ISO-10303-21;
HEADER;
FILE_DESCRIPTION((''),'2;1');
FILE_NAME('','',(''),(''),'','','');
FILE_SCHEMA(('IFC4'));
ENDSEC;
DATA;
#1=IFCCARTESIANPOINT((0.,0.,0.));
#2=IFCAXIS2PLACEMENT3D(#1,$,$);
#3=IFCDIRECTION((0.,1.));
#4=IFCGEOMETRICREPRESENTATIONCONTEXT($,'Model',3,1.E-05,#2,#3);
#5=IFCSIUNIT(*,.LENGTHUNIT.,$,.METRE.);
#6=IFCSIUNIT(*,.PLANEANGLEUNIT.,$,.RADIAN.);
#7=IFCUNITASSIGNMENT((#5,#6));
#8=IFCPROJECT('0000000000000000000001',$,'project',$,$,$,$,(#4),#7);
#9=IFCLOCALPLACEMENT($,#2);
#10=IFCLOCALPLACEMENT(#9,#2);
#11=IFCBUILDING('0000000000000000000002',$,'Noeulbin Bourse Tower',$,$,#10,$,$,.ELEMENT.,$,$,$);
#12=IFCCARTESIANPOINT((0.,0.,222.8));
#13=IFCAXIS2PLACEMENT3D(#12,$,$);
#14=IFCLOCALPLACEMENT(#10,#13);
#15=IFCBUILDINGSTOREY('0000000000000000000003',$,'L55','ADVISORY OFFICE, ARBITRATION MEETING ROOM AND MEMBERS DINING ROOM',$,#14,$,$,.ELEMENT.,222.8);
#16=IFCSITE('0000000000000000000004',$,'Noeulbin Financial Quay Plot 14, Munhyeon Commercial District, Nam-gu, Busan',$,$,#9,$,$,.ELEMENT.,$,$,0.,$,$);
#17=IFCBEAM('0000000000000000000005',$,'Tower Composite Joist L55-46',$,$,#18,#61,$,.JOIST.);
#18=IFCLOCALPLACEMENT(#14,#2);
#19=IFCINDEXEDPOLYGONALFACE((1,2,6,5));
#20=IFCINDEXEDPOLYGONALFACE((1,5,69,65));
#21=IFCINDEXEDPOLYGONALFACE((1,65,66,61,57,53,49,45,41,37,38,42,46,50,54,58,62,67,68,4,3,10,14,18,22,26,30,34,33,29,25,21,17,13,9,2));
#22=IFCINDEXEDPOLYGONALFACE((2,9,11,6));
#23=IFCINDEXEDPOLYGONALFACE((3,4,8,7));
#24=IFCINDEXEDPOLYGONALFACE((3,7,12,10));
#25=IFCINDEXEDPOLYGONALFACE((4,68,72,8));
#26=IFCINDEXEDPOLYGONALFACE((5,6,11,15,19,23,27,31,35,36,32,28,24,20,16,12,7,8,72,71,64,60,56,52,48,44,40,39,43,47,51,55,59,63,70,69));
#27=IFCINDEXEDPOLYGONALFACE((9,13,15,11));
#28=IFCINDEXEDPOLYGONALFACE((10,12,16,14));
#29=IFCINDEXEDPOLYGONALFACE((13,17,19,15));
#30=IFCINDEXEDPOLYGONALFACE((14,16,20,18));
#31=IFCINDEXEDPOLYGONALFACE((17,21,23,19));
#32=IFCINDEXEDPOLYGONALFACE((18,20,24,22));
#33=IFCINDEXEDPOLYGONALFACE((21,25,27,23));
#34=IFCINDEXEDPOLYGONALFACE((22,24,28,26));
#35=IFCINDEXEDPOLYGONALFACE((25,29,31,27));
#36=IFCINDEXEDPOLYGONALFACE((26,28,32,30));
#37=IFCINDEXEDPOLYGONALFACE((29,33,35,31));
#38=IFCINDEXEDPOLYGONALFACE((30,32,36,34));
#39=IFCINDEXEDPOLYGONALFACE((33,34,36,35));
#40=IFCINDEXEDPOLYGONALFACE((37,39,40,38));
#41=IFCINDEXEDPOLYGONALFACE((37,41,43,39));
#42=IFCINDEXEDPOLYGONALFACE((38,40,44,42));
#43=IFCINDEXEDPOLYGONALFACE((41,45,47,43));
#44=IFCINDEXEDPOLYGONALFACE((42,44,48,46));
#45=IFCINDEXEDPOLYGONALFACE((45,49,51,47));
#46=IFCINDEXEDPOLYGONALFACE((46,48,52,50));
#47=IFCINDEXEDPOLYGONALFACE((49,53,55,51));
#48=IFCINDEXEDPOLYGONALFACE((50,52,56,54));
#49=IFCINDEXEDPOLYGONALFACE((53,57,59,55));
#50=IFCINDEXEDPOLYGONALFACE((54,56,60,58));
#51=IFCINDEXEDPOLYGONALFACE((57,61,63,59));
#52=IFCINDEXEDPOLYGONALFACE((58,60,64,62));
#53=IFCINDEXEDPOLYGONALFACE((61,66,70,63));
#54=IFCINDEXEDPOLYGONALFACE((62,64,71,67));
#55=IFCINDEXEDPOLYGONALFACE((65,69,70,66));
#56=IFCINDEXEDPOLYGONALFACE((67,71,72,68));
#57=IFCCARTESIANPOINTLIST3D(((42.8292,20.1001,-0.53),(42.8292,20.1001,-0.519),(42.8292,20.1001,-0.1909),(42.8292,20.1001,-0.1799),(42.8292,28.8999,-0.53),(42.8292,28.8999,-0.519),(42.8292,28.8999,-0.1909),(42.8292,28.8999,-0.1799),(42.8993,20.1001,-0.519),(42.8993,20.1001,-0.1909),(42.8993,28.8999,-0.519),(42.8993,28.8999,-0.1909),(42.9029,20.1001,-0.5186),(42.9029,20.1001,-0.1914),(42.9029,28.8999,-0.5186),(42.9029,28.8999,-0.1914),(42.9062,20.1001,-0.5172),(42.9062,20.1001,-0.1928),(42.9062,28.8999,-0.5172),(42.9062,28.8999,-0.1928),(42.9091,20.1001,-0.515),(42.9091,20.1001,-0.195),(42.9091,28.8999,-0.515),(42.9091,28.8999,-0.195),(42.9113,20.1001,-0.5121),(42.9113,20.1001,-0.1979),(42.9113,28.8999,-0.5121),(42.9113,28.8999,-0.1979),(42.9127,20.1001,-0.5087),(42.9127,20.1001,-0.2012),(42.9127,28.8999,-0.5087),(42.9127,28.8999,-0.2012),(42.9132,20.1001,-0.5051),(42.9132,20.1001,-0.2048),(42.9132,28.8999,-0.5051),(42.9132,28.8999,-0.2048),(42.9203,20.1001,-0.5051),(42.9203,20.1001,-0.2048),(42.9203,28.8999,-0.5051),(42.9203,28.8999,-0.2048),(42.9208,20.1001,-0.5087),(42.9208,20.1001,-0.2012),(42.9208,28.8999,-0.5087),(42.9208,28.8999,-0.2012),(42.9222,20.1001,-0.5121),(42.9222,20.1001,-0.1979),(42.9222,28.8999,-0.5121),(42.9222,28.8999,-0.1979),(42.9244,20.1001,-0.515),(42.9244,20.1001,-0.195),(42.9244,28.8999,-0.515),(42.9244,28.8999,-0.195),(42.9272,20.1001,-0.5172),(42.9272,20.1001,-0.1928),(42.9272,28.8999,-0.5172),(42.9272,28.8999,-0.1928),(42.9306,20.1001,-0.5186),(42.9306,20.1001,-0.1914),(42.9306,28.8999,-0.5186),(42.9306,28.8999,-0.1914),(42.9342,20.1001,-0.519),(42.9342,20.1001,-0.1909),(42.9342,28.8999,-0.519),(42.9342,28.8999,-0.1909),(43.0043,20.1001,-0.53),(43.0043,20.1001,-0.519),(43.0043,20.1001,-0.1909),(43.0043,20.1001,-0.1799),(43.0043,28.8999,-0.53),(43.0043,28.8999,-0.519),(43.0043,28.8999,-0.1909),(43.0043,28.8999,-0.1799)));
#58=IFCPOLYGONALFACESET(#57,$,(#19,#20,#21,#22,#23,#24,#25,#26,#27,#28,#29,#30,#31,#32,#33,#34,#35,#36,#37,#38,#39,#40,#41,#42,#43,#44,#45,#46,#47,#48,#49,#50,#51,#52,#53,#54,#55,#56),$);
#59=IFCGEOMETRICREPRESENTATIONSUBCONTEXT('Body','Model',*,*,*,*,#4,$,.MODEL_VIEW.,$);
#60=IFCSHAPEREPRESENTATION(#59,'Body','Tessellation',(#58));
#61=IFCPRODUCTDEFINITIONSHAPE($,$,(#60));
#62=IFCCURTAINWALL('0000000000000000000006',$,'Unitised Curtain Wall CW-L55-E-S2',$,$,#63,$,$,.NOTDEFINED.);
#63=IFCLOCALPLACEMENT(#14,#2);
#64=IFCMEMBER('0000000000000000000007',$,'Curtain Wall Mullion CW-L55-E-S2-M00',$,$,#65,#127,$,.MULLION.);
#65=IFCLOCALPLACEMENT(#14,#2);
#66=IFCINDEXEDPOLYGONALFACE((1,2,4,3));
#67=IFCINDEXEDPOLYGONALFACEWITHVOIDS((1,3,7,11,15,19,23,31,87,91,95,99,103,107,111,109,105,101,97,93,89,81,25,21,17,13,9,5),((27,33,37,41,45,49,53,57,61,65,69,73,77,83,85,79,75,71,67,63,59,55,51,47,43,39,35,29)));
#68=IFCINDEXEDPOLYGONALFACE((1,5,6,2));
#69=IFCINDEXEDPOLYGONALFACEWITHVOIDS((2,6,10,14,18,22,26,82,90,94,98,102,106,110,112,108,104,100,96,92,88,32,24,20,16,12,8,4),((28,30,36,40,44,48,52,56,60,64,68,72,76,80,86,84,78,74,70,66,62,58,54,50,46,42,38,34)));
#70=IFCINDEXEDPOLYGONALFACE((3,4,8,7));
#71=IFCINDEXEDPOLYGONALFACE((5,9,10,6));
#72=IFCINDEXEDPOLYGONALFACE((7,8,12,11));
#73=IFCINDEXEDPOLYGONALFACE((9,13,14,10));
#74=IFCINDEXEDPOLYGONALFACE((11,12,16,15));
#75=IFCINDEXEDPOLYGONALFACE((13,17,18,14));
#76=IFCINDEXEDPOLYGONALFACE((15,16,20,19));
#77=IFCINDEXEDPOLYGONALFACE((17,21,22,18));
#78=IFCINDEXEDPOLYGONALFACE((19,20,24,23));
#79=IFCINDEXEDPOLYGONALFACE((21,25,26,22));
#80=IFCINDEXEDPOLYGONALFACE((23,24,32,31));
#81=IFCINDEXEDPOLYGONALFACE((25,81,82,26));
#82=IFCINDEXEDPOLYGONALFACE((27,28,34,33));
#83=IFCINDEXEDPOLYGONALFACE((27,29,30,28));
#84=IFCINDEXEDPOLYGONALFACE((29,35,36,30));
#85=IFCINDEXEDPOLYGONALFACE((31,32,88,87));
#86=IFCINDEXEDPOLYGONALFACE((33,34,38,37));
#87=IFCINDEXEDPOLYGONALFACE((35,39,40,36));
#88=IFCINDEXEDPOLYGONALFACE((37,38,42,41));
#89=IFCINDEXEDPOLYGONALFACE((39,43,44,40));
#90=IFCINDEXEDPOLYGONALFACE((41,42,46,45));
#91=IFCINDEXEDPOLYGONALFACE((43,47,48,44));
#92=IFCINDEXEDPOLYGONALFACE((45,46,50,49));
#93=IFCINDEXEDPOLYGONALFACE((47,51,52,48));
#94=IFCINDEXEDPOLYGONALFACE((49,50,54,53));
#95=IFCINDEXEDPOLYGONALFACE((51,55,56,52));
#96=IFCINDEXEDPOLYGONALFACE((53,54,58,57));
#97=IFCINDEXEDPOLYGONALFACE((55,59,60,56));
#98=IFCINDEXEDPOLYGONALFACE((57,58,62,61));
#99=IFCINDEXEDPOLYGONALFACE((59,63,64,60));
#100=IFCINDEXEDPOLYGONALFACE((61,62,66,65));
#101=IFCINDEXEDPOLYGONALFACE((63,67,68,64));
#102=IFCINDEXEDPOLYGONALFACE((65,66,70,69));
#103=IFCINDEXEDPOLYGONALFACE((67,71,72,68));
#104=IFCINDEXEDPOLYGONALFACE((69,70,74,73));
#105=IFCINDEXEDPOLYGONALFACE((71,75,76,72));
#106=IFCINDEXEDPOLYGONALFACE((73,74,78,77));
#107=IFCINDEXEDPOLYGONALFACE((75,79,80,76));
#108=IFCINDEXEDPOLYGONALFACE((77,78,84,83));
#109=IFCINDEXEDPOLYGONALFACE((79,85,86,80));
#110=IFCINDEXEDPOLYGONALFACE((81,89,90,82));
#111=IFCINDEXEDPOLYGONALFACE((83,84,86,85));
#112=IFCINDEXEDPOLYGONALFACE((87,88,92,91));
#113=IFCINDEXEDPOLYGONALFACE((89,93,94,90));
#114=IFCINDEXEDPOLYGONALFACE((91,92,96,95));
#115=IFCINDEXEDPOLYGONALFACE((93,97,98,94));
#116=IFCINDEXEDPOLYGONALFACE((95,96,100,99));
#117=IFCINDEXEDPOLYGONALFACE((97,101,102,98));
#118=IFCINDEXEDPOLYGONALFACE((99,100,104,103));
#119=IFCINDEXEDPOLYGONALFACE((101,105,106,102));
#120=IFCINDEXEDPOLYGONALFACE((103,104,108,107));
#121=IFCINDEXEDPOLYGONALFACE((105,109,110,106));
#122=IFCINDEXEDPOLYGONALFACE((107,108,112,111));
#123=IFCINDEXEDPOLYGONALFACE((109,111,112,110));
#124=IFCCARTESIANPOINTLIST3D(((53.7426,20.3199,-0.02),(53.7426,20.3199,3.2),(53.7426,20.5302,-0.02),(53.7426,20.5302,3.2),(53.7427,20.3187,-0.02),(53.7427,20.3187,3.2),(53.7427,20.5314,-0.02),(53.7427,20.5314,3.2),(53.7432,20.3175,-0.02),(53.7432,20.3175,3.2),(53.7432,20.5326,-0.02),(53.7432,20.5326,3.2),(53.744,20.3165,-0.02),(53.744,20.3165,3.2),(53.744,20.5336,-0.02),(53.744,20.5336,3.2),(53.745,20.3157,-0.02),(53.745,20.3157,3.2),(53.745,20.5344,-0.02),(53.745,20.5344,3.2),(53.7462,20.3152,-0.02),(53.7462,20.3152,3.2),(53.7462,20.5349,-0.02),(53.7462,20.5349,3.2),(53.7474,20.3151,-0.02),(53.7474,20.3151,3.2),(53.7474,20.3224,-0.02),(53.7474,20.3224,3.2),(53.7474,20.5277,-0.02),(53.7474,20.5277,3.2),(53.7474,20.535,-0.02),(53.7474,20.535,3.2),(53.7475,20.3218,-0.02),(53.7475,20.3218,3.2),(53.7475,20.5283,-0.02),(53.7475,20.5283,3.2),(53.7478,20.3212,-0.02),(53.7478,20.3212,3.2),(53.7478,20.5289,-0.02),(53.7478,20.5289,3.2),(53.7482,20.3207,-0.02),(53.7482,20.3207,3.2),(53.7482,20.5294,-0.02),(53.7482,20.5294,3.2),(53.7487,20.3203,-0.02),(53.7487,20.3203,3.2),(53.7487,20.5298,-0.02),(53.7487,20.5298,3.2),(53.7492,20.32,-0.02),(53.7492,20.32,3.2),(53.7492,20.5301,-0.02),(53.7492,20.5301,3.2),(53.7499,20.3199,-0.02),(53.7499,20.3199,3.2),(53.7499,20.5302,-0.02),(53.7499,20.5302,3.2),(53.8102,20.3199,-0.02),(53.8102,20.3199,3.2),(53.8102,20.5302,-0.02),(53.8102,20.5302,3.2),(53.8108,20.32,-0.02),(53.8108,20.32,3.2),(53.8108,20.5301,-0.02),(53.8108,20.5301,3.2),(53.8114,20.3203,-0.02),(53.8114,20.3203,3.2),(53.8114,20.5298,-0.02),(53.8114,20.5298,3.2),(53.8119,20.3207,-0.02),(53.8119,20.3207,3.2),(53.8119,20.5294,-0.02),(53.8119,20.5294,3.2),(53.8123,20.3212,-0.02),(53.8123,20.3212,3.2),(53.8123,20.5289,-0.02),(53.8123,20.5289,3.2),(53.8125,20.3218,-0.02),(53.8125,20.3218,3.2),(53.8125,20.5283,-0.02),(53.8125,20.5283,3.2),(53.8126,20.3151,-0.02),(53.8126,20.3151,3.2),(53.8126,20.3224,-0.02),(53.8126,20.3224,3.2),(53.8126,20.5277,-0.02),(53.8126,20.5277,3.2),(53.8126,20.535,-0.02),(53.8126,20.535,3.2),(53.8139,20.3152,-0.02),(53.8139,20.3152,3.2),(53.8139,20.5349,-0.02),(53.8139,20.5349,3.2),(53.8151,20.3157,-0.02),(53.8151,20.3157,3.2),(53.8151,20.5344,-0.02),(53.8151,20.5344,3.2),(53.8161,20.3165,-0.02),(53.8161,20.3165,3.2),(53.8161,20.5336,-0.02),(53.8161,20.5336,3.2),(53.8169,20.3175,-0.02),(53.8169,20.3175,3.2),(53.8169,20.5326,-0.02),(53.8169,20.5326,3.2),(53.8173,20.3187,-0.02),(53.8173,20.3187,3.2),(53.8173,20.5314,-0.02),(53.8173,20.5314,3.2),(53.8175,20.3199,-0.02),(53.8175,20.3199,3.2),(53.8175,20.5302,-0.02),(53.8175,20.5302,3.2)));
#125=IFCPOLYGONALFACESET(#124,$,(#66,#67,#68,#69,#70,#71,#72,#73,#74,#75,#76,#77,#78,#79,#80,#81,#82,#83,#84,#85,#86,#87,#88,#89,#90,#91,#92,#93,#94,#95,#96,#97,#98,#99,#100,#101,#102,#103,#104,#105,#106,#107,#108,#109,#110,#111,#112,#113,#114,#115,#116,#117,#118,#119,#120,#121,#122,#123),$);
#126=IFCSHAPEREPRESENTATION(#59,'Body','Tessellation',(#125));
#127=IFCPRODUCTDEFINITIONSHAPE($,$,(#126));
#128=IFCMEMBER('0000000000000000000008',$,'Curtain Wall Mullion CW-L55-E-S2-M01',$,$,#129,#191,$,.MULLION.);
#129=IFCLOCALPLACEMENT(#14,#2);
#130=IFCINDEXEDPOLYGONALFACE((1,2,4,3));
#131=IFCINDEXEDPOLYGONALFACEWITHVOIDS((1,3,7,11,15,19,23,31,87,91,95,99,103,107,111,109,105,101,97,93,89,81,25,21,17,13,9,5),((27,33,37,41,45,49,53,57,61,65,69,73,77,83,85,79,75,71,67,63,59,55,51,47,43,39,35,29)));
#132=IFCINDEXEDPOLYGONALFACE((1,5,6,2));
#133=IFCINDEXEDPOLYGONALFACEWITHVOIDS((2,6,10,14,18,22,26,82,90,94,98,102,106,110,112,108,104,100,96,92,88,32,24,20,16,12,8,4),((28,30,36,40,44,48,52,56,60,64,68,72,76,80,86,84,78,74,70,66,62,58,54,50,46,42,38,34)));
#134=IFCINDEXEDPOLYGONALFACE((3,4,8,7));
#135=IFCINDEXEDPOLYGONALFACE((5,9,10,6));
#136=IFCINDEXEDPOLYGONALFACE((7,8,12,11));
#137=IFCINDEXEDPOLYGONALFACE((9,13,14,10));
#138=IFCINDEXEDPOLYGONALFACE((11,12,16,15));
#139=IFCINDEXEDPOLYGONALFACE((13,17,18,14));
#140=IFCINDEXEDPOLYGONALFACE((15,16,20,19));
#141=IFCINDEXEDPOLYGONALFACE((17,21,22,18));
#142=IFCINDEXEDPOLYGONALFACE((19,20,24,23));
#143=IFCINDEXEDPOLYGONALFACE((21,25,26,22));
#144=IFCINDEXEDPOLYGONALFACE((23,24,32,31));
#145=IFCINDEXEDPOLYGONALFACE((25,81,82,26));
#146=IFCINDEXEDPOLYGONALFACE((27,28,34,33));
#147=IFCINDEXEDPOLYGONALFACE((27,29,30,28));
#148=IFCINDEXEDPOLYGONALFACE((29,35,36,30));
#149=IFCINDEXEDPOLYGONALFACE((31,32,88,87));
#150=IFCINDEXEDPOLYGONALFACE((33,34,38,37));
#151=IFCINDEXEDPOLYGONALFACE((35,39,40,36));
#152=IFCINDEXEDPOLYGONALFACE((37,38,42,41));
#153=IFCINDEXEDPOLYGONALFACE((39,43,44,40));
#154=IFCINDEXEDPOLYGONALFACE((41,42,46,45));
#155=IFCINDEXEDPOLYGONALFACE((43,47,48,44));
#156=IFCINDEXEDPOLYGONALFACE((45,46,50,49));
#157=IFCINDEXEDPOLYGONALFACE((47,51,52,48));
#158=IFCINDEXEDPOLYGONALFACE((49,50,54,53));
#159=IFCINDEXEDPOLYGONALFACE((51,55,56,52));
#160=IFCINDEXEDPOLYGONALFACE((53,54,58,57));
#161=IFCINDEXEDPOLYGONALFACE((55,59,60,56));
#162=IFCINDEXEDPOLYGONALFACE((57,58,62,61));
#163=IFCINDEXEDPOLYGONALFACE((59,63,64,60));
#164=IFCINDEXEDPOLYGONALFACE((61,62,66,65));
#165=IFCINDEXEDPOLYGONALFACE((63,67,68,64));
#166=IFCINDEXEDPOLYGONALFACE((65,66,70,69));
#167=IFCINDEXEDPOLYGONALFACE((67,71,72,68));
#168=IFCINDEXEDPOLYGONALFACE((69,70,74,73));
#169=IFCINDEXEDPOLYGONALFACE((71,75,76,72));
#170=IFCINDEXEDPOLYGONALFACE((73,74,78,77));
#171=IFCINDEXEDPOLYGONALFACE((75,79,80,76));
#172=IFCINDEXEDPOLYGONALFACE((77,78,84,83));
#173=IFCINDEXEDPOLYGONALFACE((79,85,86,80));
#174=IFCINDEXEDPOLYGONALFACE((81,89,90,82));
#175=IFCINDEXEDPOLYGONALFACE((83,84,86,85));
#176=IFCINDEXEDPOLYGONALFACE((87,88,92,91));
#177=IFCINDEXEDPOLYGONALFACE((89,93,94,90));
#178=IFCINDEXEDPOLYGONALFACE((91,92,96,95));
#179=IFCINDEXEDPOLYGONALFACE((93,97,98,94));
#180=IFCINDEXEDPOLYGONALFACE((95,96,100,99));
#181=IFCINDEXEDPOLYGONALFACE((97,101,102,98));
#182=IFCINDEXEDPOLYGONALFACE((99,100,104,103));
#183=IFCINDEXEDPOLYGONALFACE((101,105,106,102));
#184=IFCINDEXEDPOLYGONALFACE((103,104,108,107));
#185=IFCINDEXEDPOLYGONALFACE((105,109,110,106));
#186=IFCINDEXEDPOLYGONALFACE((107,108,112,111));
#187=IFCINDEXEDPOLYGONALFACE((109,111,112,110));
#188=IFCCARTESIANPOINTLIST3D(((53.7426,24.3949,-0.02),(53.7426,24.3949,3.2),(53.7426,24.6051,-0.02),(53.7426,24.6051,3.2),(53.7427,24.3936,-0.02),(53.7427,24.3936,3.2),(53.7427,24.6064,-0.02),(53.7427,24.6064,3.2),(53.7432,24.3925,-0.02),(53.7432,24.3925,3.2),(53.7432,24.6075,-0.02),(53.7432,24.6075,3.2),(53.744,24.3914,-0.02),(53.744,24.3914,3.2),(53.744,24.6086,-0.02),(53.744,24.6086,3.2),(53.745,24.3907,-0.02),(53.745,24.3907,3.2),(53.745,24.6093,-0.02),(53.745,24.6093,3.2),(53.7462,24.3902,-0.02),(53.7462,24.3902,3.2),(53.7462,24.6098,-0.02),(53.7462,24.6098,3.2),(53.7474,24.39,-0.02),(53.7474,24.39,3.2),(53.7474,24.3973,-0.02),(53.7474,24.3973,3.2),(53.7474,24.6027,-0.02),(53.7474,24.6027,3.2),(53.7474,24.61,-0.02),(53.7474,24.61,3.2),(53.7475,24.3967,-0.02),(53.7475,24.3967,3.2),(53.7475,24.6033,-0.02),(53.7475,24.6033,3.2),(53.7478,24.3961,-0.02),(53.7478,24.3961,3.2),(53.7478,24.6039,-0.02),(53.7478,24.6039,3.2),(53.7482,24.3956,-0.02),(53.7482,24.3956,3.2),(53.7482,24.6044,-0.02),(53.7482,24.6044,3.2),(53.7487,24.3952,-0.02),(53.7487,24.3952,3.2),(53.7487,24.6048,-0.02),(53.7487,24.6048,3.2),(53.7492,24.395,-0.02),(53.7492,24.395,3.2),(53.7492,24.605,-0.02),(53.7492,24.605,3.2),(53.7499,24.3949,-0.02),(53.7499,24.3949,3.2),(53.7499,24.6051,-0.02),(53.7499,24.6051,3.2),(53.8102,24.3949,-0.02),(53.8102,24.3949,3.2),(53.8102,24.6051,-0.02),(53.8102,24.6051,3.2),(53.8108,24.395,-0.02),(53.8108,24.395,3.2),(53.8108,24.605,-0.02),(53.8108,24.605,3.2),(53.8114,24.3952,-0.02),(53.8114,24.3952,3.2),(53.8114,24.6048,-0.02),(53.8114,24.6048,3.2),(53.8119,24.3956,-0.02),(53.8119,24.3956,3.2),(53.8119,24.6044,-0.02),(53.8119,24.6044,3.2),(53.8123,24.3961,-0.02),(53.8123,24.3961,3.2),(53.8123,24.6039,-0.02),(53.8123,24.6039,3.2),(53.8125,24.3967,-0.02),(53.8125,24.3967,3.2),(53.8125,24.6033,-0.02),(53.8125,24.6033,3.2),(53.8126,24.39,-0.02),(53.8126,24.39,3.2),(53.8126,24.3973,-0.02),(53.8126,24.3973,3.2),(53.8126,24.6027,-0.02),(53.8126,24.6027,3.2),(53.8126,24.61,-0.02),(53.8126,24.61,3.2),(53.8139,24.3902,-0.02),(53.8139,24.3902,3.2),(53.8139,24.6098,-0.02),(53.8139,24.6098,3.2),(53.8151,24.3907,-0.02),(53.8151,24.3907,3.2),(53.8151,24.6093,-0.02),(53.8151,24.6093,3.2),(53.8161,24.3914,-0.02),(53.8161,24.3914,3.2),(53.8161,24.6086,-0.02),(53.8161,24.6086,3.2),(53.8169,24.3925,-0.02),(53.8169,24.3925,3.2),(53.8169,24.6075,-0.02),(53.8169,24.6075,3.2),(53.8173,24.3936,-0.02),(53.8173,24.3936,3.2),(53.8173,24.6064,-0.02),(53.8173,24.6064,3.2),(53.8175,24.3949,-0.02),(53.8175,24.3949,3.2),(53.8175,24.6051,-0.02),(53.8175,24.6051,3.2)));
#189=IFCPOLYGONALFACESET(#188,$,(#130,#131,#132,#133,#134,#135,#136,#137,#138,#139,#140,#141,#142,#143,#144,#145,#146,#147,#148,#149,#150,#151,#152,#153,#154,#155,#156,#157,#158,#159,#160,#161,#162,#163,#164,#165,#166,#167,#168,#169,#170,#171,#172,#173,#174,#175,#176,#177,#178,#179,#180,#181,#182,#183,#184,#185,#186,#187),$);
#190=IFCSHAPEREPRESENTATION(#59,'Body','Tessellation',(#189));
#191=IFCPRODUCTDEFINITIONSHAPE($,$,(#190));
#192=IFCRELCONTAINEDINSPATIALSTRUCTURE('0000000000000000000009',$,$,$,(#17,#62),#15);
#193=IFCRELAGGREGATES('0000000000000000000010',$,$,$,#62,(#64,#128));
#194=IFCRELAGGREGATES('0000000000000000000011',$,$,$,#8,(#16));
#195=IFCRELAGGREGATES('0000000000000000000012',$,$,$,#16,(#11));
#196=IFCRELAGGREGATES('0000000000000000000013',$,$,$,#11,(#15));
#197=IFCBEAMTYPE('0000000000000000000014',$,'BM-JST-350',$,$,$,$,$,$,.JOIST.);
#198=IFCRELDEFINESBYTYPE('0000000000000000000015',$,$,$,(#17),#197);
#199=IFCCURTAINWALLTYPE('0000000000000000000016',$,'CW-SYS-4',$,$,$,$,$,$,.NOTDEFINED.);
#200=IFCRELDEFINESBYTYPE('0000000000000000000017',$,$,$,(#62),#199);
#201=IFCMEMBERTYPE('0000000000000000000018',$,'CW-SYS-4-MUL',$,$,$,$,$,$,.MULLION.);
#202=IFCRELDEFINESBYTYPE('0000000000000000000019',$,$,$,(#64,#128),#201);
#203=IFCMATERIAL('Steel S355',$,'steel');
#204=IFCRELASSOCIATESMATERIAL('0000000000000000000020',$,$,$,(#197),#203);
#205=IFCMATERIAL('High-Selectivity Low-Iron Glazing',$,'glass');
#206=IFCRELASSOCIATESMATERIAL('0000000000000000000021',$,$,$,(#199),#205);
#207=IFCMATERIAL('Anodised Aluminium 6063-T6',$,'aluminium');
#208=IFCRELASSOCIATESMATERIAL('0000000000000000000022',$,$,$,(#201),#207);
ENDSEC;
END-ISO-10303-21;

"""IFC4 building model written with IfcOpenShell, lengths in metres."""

from ifc_helpers import new_model, si_unit, direction, frame, origin, origin_2d, place, context, subcontext, project, spatial, hollow_rectangle, i_section, extrude, material, material_profile, profile_set, type_object, element, aggregate, save


model = new_model("IFC4")

# Units and contexts
model_context = context("Model", 3, precision=1e-05, world=origin(), true_north=direction((0.0, 1.0)))
body_context = subcontext(model_context, "Body", "Model", "MODEL_VIEW")
ifc_project = project(units=[si_unit("LENGTHUNIT", "METRE"), si_unit("PLANEANGLEUNIT", "RADIAN")], contexts=[model_context])

# Site, building, storey
site_placement = place(None, origin())
site = spatial("IfcSite", under=ifc_project, at=site_placement, Name="Noeulbin Financial Quay Plot 14, Munhyeon Commercial District, Nam-gu, Busan", CompositionType="ELEMENT", RefElevation=0.0)
building_placement = place(site_placement, origin())
building = spatial("IfcBuilding", under=site, at=building_placement, Name="Noeulbin Bourse Tower", CompositionType="ELEMENT")
storey_placement = place(building_placement, frame((0.0, 0.0, 222.8)))
storey = spatial("IfcBuildingStorey", under=building, at=storey_placement, Name="L55", Description="ADVISORY OFFICE, ARBITRATION MEETING ROOM AND MEMBERS DINING ROOM", CompositionType="ELEMENT", Elevation=222.8)

# Shared definitions
ifc_material_1 = material(Name="Steel S355", Category="steel")

# Beam
ifc_material_profile_1 = material_profile(ifc_material_1, i_section(OverallWidth=0.175, OverallDepth=0.3501, WebThickness=0.0071, FlangeThickness=0.011, FilletRadius=0.0139, at=origin_2d()), Name="H-350x175x7x11", Category="LoadBearing")
ifc_profile_set_1 = profile_set([ifc_material_profile_1], Name="Steel S355")
beam_type_1 = type_object("IfcBeamType", Name="BM-JST-350", PredefinedType="JOIST", material=ifc_profile_set_1)
beam_1_placement = place(storey_placement, frame((42.9167, 20.1001, -0.355), z_axis=(0.0, 1.0, 0.0), x_axis=(-1.0, 0.0, 0.0)))
element("IfcBeam", 1, at=beam_1_placement, inside=storey, type_object=beam_type_1, Name="Tower Composite Joist L55-46", PredefinedType="JOIST", context=body_context, shape_type="SweptSolid", body=[
    extrude(i_section(OverallWidth=0.175, OverallDepth=0.3501, WebThickness=0.0071, FlangeThickness=0.011, FilletRadius=0.0139, at=origin_2d()), origin(), (0.0, 0.0, 1.0), 8.7998),
])

# Curtain wall, members
ifc_material_2 = material(Name="High-Selectivity Low-Iron Glazing", Category="glass")
curtain_wall_type = type_object("IfcCurtainWallType", Name="CW-SYS-4", PredefinedType="NOTDEFINED", material=ifc_material_2)
curtain_wall_1_placement = place(storey_placement, origin())
curtain_wall_1 = element("IfcCurtainWall", 2, at=curtain_wall_1_placement, inside=storey, type_object=curtain_wall_type, Name="Unitised Curtain Wall CW-L55-E-S2", PredefinedType="NOTDEFINED")
ifc_material_3 = material(Name="Anodised Aluminium 6063-T6", Category="aluminium")
ifc_material_profile_2 = material_profile(ifc_material_3, hollow_rectangle(XDim=0.075, YDim=0.22, WallThickness=0.0049, InnerFilletRadius=0.0024, OuterFilletRadius=0.0049, at=origin_2d()), Name="ALU-MULL-75x220x5", Category="LoadBearing")
ifc_profile_set_2 = profile_set([ifc_material_profile_2], Name="Anodised Aluminium 6063-T6")
member_type_1 = type_object("IfcMemberType", Name="CW-SYS-4-MUL", PredefinedType="MULLION", material=ifc_profile_set_2)
member_1_placement = place(storey_placement, frame((53.78, 20.425, -0.02), z_axis=(0.0, 0.0, 1.0), x_axis=(1.0, 0.0, 0.0)))
member_1 = element("IfcMember", 3, at=member_1_placement, type_object=member_type_1, Name="Curtain Wall Mullion CW-L55-E-S2-M00", PredefinedType="MULLION", context=body_context, shape_type="SweptSolid", body=[
    extrude(hollow_rectangle(XDim=0.075, YDim=0.22, WallThickness=0.0049, InnerFilletRadius=0.0024, OuterFilletRadius=0.0049, at=origin_2d()), origin(), (0.0, 0.0, 1.0), 3.22),
])
member_2_placement = place(storey_placement, frame((53.78, 24.5, -0.02), z_axis=(0.0, 0.0, 1.0), x_axis=(1.0, 0.0, 0.0)))
member_2 = element("IfcMember", 4, at=member_2_placement, type_object=member_type_1, Name="Curtain Wall Mullion CW-L55-E-S2-M01", PredefinedType="MULLION", context=body_context, shape_type="SweptSolid", body=[
    extrude(hollow_rectangle(XDim=0.075, YDim=0.22, WallThickness=0.0049, InnerFilletRadius=0.0024, OuterFilletRadius=0.0049, at=origin_2d()), origin(), (0.0, 0.0, 1.0), 3.22),
])

aggregate(curtain_wall_1, [member_1, member_2])

save(model, "model.ifc")
